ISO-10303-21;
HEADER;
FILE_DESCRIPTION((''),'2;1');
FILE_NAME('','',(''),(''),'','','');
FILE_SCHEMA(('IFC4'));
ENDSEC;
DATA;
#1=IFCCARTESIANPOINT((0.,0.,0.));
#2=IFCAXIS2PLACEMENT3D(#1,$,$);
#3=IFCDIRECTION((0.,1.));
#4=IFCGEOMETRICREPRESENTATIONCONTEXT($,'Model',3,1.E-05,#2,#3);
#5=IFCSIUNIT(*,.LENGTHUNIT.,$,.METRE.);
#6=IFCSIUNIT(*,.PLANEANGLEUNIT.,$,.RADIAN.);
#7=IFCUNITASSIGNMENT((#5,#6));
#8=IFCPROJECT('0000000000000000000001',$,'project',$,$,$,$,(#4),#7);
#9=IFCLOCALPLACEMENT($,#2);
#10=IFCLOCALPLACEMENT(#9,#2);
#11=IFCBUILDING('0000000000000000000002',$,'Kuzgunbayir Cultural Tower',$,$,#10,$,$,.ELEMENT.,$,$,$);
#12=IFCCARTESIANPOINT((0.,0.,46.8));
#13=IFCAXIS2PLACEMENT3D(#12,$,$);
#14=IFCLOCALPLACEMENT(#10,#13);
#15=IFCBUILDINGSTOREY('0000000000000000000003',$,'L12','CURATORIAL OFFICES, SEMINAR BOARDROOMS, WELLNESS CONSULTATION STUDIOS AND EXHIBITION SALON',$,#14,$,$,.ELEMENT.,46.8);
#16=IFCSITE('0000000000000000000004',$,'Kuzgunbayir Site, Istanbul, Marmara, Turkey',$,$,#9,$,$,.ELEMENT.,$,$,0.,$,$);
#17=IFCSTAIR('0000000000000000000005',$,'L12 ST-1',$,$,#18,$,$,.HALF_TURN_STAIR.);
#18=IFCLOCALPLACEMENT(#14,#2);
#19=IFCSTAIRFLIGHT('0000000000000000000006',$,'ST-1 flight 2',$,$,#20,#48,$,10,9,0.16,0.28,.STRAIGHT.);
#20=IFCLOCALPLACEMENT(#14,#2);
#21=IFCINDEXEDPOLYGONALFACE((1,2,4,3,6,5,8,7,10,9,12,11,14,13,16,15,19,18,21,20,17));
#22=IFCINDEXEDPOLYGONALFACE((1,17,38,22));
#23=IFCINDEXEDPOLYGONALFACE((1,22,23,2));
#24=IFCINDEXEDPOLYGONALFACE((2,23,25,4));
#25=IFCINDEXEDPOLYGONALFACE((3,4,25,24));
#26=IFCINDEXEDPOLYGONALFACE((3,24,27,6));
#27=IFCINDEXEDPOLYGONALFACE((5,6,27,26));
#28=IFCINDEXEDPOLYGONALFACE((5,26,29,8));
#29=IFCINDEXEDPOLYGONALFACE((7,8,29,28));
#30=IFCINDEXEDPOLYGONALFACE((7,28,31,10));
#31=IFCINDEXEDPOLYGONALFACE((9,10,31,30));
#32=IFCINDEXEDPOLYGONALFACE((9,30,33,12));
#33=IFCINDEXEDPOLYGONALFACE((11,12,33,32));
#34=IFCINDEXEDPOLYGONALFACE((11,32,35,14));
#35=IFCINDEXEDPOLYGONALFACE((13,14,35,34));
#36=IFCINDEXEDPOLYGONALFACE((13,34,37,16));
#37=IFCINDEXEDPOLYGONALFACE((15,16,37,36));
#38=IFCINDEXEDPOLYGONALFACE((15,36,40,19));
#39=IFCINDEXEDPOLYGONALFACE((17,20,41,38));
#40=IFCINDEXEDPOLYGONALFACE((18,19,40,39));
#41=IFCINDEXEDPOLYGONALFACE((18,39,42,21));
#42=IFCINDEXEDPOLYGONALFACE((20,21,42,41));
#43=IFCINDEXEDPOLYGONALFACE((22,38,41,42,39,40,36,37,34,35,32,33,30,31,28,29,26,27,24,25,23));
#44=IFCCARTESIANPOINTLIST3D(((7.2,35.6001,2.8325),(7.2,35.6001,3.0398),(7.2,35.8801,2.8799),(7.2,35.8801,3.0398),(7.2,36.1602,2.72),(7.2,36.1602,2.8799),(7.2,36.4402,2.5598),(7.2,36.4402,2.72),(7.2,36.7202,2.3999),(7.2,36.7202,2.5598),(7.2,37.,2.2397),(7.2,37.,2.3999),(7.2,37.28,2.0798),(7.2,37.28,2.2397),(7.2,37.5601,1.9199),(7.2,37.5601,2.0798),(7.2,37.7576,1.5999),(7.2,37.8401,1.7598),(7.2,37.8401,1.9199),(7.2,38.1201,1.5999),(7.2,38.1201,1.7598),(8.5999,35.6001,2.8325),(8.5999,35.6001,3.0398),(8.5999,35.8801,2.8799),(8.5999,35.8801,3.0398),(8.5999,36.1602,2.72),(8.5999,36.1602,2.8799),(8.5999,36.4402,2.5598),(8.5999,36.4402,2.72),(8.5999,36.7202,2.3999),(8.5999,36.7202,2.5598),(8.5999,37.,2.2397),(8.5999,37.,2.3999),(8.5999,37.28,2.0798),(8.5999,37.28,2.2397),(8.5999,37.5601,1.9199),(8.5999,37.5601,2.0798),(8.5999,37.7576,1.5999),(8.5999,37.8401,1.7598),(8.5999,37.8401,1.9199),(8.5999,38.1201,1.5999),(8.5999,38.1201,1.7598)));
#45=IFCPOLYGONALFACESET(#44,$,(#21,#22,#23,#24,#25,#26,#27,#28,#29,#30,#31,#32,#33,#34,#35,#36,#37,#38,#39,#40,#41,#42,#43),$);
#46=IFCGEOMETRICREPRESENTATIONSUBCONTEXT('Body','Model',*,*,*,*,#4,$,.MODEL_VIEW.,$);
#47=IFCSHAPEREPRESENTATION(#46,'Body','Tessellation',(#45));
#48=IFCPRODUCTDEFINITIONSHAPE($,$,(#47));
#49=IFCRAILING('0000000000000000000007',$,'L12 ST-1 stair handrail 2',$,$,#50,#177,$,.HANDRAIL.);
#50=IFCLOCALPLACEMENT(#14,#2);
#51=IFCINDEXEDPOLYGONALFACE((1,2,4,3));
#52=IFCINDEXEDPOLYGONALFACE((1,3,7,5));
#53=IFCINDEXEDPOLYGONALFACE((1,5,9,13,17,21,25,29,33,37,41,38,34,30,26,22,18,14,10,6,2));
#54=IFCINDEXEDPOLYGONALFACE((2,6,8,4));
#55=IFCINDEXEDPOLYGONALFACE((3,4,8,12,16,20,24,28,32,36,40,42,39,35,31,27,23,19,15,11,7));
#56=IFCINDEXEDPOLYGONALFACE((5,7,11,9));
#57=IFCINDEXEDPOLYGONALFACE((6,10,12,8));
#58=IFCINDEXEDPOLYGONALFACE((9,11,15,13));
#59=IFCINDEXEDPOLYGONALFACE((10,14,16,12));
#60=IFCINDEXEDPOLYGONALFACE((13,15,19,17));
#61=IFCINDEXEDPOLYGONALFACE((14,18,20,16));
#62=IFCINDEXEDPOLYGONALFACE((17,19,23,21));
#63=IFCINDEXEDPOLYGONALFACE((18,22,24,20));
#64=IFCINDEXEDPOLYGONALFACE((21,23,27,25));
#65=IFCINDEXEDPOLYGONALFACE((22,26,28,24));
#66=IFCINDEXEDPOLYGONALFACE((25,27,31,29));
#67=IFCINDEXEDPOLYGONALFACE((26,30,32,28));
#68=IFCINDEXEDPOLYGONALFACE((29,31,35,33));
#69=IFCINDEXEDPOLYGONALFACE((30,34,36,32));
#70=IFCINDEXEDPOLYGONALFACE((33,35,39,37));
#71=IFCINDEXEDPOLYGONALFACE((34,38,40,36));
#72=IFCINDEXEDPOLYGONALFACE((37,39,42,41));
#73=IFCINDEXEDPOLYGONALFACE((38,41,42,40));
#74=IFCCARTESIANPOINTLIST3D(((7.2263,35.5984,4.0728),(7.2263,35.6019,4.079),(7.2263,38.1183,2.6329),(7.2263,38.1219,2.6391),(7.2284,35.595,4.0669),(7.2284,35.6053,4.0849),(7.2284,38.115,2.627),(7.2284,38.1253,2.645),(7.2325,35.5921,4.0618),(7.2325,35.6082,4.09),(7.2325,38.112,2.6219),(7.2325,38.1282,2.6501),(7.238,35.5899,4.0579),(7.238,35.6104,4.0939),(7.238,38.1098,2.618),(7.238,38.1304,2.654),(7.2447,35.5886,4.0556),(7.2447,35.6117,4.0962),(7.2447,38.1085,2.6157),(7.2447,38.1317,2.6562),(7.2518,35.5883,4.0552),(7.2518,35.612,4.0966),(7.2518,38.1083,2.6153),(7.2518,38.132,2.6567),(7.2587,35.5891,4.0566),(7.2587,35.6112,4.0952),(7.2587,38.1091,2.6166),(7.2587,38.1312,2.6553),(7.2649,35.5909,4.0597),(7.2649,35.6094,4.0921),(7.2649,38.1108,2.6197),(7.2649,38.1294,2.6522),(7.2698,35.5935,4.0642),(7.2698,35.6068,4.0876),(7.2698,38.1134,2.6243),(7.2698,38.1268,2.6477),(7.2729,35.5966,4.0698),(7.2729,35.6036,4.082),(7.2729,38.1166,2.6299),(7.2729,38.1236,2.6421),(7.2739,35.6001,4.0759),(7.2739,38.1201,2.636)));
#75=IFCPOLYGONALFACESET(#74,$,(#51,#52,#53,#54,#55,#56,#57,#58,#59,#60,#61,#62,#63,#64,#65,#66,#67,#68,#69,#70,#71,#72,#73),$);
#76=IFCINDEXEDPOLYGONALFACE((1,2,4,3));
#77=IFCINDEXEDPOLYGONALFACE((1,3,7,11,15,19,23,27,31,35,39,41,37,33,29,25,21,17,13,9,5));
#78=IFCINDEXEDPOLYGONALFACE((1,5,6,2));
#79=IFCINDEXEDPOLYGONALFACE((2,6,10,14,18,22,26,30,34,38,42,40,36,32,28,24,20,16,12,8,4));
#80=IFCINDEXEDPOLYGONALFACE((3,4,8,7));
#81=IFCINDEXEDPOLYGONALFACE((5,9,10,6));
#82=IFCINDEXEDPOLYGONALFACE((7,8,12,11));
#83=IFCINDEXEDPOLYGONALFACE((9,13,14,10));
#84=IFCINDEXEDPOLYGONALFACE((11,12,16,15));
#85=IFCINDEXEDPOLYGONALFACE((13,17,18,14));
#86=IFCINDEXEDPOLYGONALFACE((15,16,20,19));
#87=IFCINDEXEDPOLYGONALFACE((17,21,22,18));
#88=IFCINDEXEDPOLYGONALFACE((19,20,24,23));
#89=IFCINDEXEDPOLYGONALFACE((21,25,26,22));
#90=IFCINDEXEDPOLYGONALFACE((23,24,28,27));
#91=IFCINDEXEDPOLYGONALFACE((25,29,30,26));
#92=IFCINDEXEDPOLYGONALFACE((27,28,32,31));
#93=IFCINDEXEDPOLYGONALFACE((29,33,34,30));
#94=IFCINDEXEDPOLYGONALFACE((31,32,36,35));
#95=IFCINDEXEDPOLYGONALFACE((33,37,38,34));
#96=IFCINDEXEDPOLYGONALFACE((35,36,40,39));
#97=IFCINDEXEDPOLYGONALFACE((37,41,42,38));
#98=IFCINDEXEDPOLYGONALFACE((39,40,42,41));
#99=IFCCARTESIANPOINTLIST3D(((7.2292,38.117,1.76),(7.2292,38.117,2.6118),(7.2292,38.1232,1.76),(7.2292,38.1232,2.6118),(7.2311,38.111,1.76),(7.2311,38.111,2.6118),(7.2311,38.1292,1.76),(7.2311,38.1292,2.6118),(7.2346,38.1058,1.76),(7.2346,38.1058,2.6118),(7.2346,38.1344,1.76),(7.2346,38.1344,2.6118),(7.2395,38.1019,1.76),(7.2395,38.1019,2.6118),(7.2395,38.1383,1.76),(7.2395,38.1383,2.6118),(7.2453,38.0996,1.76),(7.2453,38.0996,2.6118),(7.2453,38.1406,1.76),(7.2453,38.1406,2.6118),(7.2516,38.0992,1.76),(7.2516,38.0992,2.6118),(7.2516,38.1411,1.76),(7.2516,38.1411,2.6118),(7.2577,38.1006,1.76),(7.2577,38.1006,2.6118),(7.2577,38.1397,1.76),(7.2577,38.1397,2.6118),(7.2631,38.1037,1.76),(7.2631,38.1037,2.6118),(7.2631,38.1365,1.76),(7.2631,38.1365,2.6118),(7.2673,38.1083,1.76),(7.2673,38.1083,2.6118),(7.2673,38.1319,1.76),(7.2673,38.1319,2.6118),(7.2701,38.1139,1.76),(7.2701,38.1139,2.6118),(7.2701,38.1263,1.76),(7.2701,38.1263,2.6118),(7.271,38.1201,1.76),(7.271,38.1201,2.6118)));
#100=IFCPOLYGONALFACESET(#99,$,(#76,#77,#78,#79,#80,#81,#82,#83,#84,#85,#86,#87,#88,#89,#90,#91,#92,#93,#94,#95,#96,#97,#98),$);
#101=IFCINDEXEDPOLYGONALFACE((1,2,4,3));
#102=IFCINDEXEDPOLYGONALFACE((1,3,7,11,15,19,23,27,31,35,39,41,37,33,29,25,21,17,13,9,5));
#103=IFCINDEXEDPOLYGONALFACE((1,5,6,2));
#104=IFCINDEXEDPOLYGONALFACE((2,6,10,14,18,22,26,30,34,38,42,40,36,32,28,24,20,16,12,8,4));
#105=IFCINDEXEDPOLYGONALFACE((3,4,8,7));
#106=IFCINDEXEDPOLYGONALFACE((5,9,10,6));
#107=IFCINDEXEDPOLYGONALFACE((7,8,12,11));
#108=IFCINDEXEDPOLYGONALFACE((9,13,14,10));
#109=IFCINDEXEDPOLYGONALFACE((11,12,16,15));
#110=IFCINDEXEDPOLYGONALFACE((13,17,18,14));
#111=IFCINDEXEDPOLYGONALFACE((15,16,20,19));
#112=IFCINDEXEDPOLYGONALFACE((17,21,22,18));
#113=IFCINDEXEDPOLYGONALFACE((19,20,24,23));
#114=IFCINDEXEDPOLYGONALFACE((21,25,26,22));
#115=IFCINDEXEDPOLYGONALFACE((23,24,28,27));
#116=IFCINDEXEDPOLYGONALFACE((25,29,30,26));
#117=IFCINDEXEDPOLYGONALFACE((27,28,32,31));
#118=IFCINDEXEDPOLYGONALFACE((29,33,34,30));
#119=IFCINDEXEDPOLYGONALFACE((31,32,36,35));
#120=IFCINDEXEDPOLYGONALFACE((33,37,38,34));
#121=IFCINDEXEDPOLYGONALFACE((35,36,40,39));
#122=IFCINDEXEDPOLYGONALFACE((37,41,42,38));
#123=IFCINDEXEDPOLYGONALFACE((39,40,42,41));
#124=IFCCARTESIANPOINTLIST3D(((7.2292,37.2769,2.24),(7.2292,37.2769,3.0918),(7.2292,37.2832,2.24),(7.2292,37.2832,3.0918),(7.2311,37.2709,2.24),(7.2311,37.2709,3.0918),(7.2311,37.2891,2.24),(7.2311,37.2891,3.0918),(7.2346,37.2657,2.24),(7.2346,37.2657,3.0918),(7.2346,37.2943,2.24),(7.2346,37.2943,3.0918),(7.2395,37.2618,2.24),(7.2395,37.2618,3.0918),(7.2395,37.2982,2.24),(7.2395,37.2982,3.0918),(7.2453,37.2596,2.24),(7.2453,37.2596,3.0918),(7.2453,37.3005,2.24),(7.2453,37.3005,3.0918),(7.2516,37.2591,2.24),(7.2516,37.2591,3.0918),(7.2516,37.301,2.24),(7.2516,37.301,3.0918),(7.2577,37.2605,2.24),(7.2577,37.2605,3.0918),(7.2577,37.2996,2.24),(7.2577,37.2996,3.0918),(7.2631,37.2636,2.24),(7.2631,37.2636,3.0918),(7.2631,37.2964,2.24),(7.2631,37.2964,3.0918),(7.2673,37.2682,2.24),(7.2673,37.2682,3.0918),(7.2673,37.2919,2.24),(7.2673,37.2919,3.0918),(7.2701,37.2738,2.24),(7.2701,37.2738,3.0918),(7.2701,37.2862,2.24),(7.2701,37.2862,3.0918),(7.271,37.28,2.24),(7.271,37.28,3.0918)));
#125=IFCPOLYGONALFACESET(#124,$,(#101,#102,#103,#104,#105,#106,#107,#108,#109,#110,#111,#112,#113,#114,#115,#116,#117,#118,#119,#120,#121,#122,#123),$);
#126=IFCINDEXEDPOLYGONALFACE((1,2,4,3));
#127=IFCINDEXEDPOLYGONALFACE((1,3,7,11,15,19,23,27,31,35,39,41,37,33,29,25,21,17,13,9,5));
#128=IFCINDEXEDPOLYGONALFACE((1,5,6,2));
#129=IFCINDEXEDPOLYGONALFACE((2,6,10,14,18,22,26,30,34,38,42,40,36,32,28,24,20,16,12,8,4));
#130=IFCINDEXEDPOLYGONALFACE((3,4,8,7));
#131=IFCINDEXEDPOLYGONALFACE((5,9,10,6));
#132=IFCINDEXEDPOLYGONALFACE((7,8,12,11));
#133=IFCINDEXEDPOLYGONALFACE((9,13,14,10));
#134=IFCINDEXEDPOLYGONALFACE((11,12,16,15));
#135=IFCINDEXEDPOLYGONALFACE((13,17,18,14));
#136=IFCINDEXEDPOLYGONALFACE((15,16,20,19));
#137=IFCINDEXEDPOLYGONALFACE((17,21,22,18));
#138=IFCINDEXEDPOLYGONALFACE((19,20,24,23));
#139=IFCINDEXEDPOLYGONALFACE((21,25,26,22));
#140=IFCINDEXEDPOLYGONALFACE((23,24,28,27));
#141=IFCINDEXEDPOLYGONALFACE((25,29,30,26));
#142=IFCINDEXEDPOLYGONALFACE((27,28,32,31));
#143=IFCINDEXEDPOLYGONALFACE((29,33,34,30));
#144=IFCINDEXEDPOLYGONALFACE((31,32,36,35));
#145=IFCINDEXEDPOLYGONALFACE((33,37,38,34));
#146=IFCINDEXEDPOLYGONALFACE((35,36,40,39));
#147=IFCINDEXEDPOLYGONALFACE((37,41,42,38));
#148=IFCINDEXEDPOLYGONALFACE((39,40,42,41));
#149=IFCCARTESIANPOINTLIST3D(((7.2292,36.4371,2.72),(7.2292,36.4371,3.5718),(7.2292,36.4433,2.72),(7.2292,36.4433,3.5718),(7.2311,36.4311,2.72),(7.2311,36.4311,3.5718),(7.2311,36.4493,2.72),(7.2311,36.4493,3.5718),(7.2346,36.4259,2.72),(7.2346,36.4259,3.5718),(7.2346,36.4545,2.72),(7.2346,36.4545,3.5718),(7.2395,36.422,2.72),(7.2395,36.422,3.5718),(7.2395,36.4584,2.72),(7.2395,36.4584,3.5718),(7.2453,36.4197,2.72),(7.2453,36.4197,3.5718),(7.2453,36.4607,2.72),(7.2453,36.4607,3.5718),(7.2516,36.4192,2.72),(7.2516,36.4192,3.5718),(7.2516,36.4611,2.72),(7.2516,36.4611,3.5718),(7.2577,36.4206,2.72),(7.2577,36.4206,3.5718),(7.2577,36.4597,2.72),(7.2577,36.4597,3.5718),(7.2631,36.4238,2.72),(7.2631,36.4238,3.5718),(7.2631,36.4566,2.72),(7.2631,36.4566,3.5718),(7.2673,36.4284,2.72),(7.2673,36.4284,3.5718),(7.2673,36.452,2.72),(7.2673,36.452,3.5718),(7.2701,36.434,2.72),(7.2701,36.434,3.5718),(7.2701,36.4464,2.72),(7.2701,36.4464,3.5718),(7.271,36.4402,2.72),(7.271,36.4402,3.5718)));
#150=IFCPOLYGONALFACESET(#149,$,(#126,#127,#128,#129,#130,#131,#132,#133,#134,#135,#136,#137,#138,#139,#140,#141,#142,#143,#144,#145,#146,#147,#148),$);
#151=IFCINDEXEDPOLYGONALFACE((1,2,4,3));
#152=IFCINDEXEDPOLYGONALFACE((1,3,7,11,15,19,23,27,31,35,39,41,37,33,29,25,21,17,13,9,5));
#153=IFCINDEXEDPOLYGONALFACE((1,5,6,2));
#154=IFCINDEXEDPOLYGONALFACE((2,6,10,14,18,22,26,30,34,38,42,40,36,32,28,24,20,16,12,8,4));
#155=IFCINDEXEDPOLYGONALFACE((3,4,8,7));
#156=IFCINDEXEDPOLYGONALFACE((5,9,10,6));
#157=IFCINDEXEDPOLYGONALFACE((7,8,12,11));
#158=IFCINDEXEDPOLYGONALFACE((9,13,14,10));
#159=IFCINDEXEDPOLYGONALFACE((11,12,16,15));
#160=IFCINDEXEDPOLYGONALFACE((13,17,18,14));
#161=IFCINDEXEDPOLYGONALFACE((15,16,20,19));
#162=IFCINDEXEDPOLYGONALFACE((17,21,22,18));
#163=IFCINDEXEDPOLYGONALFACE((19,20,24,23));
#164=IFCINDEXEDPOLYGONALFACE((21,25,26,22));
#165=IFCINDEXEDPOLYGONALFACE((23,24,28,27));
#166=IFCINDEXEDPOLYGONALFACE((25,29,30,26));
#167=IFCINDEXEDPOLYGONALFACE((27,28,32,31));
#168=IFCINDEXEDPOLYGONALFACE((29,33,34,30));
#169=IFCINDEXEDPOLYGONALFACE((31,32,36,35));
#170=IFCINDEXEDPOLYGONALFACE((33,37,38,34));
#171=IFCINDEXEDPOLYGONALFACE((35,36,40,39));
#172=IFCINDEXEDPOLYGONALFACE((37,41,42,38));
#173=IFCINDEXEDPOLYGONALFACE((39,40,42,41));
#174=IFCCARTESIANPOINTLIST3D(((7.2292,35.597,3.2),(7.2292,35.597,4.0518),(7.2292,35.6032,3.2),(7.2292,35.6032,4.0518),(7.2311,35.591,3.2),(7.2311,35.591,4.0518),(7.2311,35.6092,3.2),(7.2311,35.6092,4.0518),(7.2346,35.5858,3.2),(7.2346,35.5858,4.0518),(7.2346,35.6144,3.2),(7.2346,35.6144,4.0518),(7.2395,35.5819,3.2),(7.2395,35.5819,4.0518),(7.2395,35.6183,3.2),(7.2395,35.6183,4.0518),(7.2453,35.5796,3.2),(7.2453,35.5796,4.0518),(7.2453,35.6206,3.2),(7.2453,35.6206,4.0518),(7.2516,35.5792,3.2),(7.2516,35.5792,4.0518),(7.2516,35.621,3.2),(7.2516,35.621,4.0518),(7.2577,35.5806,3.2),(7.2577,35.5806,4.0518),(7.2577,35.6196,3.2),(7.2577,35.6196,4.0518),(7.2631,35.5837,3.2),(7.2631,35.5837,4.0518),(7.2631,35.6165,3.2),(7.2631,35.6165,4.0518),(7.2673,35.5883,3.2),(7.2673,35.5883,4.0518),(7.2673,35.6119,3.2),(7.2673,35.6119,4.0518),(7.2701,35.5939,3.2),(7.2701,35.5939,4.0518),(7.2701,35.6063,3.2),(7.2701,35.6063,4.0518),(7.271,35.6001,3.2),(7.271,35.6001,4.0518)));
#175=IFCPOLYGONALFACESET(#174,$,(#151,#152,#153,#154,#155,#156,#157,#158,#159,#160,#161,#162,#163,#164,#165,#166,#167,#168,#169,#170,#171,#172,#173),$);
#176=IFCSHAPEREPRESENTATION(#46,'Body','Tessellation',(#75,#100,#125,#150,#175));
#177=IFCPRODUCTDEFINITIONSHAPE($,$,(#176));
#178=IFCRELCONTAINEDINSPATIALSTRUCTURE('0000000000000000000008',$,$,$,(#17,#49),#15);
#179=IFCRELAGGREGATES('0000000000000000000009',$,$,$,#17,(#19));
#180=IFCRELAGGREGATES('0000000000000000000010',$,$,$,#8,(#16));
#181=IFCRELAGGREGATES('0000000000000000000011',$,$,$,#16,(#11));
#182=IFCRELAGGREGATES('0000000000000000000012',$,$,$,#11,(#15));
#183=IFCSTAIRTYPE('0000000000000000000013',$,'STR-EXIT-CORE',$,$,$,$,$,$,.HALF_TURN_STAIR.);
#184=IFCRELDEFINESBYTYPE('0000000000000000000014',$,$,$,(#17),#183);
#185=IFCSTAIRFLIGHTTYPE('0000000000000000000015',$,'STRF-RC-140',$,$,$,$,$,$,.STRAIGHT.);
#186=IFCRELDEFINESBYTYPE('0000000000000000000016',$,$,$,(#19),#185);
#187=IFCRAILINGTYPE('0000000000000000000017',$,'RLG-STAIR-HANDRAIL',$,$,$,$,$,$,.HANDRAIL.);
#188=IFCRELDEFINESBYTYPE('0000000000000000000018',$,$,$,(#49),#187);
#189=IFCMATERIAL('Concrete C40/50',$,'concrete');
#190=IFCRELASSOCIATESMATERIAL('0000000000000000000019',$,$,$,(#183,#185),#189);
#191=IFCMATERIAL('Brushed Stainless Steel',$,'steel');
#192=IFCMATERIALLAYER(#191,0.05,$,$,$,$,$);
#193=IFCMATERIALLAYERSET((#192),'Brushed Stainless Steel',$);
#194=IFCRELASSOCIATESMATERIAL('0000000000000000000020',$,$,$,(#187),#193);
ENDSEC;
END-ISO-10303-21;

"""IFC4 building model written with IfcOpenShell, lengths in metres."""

from ifc_helpers import new_model, si_unit, direction, frame, origin, origin_2d, place, context, subcontext, project, spatial, polyline, circle, outline, extrude, material, layer, layer_set, type_object, element, aggregate, save


model = new_model("IFC4")

# Units and contexts
model_context = context("Model", 3, precision=1e-05, world=origin(), true_north=direction((0.0, 1.0)))
body_context = subcontext(model_context, "Body", "Model", "MODEL_VIEW")
ifc_project = project(units=[si_unit("LENGTHUNIT", "METRE"), si_unit("PLANEANGLEUNIT", "RADIAN")], contexts=[model_context])

# Site, building, storey
site_placement = place(None, origin())
site = spatial("IfcSite", under=ifc_project, at=site_placement, Name="Kuzgunbayir Site, Istanbul, Marmara, Turkey", CompositionType="ELEMENT", RefElevation=0.0)
building_placement = place(site_placement, origin())
building = spatial("IfcBuilding", under=site, at=building_placement, Name="Kuzgunbayir Cultural Tower", CompositionType="ELEMENT")
storey_placement = place(building_placement, frame((0.0, 0.0, 46.8)))
storey = spatial("IfcBuildingStorey", under=building, at=storey_placement, Name="L12", Description="CURATORIAL OFFICES, SEMINAR BOARDROOMS, WELLNESS CONSULTATION STUDIOS AND EXHIBITION SALON", CompositionType="ELEMENT", Elevation=46.8)

# Stair, stair flight
ifc_material_1 = material(Name="Concrete C40/50", Category="concrete")
stair_type = type_object("IfcStairType", Name="STR-EXIT-CORE", PredefinedType="HALF_TURN_STAIR", material=ifc_material_1)
stair_placement = place(storey_placement, origin())
stair = element("IfcStair", 1, at=stair_placement, inside=storey, type_object=stair_type, Name="L12 ST-1", PredefinedType="HALF_TURN_STAIR")
stair_flight_type = type_object("IfcStairFlightType", Name="STRF-RC-140", PredefinedType="STRAIGHT", material=ifc_material_1)
stair_flight_placement = place(storey_placement, frame((7.8999, 38.1201, 1.5999), z_axis=(0.0, 0.0, 1.0), x_axis=(0.0, -1.0, 0.0)))
stair_flight = element("IfcStairFlight", 2, at=stair_flight_placement, type_object=stair_flight_type, Name="ST-1 flight 2", NumberOfRisers=10, NumberOfTreads=9, PredefinedType="STRAIGHT", RiserHeight=0.16, TreadLength=0.28, context=body_context, shape_type="SweptSolid", body=[
    extrude(outline(polyline([(0.0, 0.0), (0.0, 0.1599), (0.28, 0.1599), (0.28, 0.3201), (0.5601, 0.3201), (0.5601, 0.48), (0.8401, 0.48), (0.8401, 0.6399), (1.1201, 0.6399), (1.1201, 0.8), (1.3999, 0.8), (1.3999, 0.96), (1.6799, 0.96), (1.6799, 1.1201), (1.96, 1.1201), (1.96, 1.28), (2.24, 1.28), (2.24, 1.4399), (2.52, 1.4399), (2.52, 1.6001), (2.52, 1.2327), (0.3625, 0.0), (0.0, 0.0)])), frame((0.0, 0.7, 0.0), z_axis=(0.0, -1.0, 0.0), x_axis=(1.0, 0.0, 0.0)), (0.0, 0.0, 1.0), 1.3999),
])
aggregate(stair, [stair_flight])

# Railing
ifc_material_2 = material(Name="Brushed Stainless Steel", Category="steel")
ifc_layer_1 = layer(ifc_material_2, 0.05)
ifc_layer_set_1 = layer_set([ifc_layer_1], Name="Brushed Stainless Steel")
railing_type_1 = type_object("IfcRailingType", Name="RLG-STAIR-HANDRAIL", PredefinedType="HANDRAIL", material=ifc_layer_set_1)
railing_1_placement = place(storey_placement, frame((7.25, 38.1201, 1.76)))
element("IfcRailing", 3, at=railing_1_placement, inside=storey, type_object=railing_type_1, Name="L12 ST-1 stair handrail 2", PredefinedType="HANDRAIL", context=body_context, shape_type="SweptSolid", body=[
    extrude(circle(Radius=0.0239, at=origin_2d()), frame((0.0, 0.0, 0.876), z_axis=(0.0, -0.868253, 0.496121), x_axis=(1.0, 0.0, 0.0)), (0.0, 0.0, 1.0), 2.9023),
    extrude(circle(Radius=0.021, at=origin_2d()), origin(), (0.0, 0.0, 1.0), 0.8518),
    extrude(circle(Radius=0.021, at=origin_2d()), frame((0.0, -0.8401, 0.48)), (0.0, 0.0, 1.0), 0.8518),
    extrude(circle(Radius=0.021, at=origin_2d()), frame((0.0, -1.6799, 0.96)), (0.0, 0.0, 1.0), 0.8518),
    extrude(circle(Radius=0.021, at=origin_2d()), frame((0.0, -2.52, 1.4399)), (0.0, 0.0, 1.0), 0.8518),
])

save(model, "model.ifc")
